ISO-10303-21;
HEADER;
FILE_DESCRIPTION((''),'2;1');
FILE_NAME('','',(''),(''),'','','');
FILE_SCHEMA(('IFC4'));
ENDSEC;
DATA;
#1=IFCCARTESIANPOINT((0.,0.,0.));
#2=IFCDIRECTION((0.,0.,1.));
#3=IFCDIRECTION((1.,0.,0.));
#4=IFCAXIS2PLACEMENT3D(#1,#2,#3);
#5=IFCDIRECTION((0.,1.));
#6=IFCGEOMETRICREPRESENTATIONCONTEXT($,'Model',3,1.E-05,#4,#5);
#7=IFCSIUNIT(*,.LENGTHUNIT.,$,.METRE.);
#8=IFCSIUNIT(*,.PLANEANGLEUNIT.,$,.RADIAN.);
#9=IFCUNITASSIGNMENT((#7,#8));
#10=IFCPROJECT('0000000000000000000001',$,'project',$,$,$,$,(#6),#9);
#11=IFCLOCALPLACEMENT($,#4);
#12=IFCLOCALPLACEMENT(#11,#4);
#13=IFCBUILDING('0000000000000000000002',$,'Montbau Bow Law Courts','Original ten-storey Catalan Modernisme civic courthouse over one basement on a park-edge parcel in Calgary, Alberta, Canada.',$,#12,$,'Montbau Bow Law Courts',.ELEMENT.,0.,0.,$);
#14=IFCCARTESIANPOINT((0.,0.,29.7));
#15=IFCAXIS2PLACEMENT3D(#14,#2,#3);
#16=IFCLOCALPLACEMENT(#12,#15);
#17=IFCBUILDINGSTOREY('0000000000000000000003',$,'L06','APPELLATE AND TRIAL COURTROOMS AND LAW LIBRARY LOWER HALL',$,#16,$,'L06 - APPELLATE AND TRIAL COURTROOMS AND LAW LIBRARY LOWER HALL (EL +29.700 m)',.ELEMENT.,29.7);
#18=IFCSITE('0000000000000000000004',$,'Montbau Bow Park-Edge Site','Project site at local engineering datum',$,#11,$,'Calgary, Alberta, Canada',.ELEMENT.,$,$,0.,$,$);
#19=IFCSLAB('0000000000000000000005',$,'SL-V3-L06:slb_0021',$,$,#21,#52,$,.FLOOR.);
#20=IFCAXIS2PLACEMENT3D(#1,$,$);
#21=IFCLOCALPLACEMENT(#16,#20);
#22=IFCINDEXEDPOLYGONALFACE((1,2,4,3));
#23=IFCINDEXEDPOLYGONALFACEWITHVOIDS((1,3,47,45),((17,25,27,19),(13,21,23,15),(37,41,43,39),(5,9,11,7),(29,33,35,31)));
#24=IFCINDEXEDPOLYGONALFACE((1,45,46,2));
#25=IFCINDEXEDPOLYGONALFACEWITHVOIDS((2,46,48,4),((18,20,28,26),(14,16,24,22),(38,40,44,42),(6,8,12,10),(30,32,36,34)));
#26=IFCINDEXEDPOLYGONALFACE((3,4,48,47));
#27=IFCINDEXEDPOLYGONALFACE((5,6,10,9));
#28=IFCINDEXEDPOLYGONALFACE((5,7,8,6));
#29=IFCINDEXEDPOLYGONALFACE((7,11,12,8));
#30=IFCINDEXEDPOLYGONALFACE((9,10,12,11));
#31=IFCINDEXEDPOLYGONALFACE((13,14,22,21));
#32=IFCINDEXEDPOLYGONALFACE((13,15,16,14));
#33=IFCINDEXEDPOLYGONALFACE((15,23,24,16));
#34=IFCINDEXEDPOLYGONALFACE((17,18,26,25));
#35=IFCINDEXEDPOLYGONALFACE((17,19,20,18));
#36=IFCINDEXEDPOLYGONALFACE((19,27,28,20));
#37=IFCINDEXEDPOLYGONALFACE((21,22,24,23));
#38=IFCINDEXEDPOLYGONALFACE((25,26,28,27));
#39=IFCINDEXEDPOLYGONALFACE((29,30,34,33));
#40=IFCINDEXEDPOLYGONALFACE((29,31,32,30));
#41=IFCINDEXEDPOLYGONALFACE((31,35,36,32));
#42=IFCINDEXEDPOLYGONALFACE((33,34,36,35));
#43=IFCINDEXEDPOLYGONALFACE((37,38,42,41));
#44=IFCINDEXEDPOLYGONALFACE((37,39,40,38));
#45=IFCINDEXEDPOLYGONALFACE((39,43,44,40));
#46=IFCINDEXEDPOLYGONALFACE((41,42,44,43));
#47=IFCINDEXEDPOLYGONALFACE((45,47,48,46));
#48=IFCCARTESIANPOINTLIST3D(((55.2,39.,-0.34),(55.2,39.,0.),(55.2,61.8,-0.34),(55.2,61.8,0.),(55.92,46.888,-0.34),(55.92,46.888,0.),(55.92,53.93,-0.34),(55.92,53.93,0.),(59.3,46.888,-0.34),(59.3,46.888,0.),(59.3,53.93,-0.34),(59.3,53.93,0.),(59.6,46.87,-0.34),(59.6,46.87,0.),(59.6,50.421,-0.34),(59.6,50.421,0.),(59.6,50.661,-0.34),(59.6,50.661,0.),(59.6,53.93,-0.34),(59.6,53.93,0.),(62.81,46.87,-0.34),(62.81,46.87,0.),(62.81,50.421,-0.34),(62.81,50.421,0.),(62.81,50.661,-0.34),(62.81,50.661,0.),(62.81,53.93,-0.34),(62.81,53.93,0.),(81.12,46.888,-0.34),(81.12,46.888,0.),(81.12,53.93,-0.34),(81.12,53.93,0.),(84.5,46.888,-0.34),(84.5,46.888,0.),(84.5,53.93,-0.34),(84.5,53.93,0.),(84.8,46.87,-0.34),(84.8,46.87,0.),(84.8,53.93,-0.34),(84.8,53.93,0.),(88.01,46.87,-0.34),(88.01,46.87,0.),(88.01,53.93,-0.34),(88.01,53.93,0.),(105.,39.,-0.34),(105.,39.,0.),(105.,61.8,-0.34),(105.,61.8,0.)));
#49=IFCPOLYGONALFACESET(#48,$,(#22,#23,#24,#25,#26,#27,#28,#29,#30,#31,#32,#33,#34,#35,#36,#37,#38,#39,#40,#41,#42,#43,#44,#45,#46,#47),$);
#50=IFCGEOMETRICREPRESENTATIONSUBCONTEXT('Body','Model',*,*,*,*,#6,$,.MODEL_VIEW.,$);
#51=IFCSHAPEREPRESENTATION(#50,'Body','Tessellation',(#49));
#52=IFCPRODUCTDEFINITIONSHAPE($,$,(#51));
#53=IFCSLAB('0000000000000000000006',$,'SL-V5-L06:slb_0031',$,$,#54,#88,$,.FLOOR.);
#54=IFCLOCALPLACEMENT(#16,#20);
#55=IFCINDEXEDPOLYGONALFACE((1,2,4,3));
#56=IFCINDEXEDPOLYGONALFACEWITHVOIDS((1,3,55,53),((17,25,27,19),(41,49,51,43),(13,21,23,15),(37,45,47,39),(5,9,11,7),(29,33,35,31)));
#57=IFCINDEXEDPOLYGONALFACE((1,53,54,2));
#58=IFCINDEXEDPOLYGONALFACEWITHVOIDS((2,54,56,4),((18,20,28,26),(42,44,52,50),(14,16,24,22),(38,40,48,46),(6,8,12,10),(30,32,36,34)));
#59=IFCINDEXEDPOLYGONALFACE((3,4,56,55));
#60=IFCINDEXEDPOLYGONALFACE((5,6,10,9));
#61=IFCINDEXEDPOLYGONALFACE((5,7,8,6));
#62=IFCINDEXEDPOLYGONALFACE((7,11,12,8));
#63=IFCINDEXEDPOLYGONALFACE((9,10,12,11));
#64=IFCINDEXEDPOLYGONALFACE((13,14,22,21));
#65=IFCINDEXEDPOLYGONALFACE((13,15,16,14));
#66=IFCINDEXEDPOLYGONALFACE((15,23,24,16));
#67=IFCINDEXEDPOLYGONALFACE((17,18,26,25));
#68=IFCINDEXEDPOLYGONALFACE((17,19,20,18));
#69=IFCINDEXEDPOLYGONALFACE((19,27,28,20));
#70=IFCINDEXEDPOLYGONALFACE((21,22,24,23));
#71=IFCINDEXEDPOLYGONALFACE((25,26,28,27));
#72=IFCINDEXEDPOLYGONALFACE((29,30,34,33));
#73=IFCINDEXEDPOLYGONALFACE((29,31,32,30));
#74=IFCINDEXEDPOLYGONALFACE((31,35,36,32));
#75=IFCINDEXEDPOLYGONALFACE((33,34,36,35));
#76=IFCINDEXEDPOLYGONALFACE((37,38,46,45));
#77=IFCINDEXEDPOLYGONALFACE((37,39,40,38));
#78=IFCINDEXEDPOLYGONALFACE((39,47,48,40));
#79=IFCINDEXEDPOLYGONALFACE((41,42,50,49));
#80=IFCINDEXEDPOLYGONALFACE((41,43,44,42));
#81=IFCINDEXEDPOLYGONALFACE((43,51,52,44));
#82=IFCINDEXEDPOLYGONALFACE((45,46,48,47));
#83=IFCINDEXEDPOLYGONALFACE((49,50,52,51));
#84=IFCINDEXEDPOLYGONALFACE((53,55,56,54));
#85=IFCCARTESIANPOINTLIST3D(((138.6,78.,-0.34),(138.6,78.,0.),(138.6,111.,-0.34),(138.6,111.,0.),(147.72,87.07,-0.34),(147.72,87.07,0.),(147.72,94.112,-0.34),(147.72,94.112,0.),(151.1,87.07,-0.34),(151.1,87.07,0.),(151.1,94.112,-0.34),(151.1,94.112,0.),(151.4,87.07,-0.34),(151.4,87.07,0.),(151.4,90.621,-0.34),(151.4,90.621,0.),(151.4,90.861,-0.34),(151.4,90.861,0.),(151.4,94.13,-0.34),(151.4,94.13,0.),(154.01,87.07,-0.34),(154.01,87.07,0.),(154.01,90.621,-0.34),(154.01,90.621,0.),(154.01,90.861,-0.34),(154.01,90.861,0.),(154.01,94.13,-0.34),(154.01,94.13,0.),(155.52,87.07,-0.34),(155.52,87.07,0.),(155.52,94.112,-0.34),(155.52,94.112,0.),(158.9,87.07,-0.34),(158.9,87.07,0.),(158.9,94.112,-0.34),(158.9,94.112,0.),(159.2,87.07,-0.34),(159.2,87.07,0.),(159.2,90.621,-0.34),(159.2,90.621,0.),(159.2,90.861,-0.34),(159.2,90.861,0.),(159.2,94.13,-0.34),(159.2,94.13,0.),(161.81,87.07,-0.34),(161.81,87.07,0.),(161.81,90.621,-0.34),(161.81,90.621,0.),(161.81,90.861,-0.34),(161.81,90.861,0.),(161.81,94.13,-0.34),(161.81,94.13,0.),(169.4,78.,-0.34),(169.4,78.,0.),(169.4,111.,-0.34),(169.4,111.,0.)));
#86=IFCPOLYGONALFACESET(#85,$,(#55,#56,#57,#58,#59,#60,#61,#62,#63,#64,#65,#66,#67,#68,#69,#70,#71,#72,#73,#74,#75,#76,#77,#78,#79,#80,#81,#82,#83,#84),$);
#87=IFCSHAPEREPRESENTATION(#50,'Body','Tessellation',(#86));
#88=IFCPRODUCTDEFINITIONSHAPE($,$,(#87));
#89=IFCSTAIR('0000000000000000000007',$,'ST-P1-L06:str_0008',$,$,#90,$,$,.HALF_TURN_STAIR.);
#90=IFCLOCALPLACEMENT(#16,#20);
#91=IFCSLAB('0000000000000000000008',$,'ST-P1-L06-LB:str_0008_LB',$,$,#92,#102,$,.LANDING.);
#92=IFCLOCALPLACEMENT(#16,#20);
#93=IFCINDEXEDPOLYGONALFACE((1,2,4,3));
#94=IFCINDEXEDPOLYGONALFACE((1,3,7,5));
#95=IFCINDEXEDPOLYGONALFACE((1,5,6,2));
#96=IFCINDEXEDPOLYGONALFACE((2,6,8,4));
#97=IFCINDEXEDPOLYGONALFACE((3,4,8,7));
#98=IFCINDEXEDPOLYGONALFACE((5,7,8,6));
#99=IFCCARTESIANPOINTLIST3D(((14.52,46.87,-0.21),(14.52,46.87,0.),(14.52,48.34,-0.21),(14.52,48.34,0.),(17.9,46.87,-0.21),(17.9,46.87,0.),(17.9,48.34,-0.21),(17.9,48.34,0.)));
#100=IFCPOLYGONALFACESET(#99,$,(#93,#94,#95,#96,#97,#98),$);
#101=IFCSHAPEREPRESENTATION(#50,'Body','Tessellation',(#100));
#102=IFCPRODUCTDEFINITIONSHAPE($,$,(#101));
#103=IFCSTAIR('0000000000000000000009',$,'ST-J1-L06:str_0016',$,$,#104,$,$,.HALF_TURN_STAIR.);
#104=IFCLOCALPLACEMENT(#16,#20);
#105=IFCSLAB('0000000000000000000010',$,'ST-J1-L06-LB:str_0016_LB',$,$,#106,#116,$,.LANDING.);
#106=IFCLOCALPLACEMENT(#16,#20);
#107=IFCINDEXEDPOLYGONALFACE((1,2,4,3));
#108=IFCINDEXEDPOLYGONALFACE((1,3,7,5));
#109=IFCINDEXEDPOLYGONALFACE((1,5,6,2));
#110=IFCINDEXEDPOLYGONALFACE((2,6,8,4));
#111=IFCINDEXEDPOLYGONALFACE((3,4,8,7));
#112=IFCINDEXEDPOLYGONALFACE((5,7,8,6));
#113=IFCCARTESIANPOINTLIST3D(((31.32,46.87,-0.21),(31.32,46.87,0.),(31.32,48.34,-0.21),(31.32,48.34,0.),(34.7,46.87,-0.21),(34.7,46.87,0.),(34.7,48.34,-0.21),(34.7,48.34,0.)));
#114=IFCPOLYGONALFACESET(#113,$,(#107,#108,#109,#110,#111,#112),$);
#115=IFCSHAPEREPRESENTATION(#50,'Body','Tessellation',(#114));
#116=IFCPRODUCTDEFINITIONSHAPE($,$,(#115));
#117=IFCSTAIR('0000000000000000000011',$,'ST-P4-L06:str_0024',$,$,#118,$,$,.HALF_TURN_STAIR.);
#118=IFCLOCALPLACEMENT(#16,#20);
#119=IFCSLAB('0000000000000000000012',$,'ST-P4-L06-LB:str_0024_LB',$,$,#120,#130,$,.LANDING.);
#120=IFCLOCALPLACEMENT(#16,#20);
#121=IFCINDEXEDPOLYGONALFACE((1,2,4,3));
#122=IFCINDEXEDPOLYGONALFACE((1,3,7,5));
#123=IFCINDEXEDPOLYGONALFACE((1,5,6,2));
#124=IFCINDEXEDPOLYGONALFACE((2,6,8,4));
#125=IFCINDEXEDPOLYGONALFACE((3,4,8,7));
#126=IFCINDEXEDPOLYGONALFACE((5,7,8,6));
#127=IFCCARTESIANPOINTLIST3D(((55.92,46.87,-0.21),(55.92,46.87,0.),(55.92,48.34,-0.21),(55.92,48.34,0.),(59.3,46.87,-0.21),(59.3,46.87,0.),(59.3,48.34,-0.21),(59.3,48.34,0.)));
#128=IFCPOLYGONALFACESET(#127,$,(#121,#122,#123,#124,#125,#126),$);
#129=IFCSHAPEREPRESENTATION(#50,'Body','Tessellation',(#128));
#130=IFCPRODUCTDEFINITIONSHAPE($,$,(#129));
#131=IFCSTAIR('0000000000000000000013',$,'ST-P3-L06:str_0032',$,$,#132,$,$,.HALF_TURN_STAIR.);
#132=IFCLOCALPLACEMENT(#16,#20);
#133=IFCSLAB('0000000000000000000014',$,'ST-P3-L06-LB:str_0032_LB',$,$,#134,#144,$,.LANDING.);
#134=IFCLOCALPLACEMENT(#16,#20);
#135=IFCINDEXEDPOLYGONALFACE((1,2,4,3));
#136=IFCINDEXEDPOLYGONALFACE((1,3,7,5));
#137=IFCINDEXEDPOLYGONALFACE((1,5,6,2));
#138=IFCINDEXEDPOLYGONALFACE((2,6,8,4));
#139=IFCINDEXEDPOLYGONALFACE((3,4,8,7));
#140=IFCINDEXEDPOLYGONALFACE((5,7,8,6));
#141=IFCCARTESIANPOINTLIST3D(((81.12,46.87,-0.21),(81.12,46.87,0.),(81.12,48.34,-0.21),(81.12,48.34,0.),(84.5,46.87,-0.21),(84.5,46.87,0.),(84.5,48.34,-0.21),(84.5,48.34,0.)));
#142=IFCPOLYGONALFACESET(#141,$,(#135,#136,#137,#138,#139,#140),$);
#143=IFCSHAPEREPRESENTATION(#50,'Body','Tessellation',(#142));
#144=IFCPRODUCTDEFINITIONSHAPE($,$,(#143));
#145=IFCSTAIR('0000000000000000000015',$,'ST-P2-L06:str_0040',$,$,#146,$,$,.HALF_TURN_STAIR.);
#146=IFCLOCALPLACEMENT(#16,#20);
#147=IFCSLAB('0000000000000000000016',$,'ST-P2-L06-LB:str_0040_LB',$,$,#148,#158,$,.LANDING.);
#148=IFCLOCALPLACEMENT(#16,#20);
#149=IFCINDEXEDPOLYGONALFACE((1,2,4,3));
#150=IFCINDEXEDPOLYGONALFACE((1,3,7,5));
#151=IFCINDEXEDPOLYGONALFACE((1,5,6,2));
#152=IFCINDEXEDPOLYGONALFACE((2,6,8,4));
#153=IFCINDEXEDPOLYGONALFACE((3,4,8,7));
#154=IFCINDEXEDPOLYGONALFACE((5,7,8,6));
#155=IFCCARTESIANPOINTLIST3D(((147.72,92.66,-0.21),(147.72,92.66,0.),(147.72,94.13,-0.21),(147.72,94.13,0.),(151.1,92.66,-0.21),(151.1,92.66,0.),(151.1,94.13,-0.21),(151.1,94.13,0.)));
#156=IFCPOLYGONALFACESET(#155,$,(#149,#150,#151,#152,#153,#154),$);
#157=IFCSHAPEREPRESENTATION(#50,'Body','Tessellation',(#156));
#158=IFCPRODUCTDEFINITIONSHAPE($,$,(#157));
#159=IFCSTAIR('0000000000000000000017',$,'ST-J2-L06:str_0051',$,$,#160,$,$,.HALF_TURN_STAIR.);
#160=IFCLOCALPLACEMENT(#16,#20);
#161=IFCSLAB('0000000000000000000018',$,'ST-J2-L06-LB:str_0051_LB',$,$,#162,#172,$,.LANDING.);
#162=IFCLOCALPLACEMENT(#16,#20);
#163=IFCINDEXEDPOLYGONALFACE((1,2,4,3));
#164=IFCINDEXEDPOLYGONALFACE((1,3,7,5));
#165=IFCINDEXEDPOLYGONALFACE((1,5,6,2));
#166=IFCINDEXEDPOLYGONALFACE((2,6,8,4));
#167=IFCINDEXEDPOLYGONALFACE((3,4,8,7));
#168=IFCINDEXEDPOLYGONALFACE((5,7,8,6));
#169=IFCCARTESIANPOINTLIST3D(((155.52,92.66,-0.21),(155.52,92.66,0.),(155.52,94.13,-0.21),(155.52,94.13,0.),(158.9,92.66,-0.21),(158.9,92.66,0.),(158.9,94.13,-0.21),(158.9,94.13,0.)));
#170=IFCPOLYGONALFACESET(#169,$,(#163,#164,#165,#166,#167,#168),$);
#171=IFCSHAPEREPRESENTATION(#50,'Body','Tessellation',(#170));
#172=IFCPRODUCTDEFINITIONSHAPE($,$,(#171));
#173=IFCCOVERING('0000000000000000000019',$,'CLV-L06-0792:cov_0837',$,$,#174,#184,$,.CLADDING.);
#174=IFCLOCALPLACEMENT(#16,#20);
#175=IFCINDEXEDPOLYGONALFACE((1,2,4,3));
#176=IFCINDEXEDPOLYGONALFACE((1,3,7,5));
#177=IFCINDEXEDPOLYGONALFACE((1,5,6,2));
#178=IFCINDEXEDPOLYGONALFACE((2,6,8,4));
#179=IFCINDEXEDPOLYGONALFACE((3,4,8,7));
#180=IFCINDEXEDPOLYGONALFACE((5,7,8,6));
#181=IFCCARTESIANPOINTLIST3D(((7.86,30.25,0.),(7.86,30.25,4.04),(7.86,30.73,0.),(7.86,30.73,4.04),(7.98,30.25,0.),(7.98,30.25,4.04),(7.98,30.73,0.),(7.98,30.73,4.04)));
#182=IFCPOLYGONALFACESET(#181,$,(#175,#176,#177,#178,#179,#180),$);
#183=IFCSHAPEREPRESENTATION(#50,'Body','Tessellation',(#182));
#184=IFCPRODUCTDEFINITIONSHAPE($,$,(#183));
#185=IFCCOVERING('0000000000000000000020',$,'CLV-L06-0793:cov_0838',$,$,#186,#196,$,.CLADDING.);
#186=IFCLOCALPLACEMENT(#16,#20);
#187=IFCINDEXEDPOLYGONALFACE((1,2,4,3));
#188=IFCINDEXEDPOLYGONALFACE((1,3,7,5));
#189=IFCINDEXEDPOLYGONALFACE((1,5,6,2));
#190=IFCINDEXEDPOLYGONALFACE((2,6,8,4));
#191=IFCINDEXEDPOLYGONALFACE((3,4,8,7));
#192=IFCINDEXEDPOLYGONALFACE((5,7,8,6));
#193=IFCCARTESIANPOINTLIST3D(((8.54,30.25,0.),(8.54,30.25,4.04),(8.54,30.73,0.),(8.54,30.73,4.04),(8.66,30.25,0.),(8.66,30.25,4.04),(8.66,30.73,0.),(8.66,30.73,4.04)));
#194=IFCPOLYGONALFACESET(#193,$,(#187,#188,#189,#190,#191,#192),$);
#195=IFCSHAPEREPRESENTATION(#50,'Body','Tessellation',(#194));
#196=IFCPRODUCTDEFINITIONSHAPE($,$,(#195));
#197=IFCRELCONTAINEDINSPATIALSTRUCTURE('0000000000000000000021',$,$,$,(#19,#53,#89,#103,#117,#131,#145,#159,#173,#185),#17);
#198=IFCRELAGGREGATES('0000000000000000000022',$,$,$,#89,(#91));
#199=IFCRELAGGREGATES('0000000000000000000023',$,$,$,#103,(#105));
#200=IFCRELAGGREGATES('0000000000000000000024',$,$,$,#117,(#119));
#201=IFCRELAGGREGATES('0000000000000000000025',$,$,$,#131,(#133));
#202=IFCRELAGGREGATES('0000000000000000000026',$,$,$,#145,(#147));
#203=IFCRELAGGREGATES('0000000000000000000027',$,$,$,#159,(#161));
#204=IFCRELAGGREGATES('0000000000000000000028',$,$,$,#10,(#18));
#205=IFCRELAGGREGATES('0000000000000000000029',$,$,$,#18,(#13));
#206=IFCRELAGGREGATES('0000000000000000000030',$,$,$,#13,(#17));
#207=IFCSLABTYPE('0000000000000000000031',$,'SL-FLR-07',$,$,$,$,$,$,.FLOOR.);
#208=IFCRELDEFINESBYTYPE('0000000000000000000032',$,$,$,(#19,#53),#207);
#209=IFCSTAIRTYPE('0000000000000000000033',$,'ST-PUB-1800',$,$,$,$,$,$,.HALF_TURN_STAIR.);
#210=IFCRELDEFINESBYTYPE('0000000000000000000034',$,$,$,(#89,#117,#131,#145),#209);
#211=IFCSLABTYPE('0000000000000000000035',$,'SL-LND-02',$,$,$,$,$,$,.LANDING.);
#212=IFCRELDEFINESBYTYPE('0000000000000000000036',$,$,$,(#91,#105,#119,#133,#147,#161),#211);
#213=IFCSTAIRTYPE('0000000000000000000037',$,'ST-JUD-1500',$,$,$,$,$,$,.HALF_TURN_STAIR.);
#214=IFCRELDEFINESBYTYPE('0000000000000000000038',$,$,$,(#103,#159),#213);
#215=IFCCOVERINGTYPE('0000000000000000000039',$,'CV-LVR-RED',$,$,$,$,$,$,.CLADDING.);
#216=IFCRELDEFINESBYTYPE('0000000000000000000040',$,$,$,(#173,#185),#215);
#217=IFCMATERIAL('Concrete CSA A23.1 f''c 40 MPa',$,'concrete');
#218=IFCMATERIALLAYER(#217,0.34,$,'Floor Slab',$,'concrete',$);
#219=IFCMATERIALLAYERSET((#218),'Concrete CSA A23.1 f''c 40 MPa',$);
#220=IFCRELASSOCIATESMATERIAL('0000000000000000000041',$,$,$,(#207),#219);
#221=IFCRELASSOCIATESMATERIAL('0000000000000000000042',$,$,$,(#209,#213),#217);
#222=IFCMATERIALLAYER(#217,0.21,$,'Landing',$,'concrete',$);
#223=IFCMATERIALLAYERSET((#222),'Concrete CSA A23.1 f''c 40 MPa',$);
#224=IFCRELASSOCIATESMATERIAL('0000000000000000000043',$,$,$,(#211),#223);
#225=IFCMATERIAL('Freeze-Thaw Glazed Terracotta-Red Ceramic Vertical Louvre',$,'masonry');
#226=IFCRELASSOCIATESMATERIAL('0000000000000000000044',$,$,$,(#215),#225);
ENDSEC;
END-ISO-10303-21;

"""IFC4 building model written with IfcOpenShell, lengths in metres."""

from ifc_helpers import new_model, si_unit, direction, frame, frame_2d, origin_with_axes, place, context, subcontext, project, spatial, polyline, rectangle, outline, extrude, material, layer, layer_set, type_object, element, aggregate, save


model = new_model("IFC4")

# Units and contexts
model_context = context("Model", 3, precision=1e-05, world=origin_with_axes(), true_north=direction((0.0, 1.0)))
body_context = subcontext(model_context, "Body", "Model", "MODEL_VIEW")
ifc_project = project(units=[si_unit("LENGTHUNIT", "METRE"), si_unit("PLANEANGLEUNIT", "RADIAN")], contexts=[model_context])

# Site, building, storey
site_placement = place(None, origin_with_axes())
site = spatial("IfcSite", under=ifc_project, at=site_placement, Name="Montbau Bow Park-Edge Site", Description="Project site at local engineering datum", LongName="Calgary, Alberta, Canada", CompositionType="ELEMENT", RefElevation=0.0)
building_placement = place(site_placement, origin_with_axes())
building = spatial("IfcBuilding", under=site, at=building_placement, Name="Montbau Bow Law Courts", Description="Original ten-storey Catalan Modernisme civic courthouse over one basement on a park-edge parcel in Calgary, Alberta, Canada.", LongName="Montbau Bow Law Courts", CompositionType="ELEMENT", ElevationOfRefHeight=0.0, ElevationOfTerrain=0.0)
storey_placement = place(building_placement, frame((0.0, 0.0, 29.7), z_axis=(0.0, 0.0, 1.0), x_axis=(1.0, 0.0, 0.0)))
storey = spatial("IfcBuildingStorey", under=building, at=storey_placement, Name="L06", Description="APPELLATE AND TRIAL COURTROOMS AND LAW LIBRARY LOWER HALL", LongName="L06 - APPELLATE AND TRIAL COURTROOMS AND LAW LIBRARY LOWER HALL (EL +29.700 m)", CompositionType="ELEMENT", Elevation=29.7)

# Shared definitions
ifc_material_1 = material(Name="Concrete CSA A23.1 f'c 40 MPa", Category="concrete")

# Slabs
ifc_layer_1 = layer(ifc_material_1, 0.34, Name="Floor Slab", Category="concrete")
ifc_layer_set_1 = layer_set([ifc_layer_1], Name="Concrete CSA A23.1 f'c 40 MPa")
slab_type_1 = type_object("IfcSlabType", Name="SL-FLR-07", PredefinedType="FLOOR", material=ifc_layer_set_1)
slab_1_placement = place(None, frame((0.0, 0.0, 29.36), z_axis=(0.0, 0.0, 1.0), x_axis=(1.0, 0.0, 0.0)))
element("IfcSlab", 1, at=slab_1_placement, inside=storey, type_object=slab_type_1, Name="SL-V3-L06:slb_0021", PredefinedType="FLOOR", context=body_context, shape_type="SweptSolid", body=[
    extrude(outline(polyline([(55.2, 39.0), (105.0, 39.0), (105.0, 61.8), (55.2, 61.8), (55.2, 39.0)]), holes=[polyline([(55.92, 46.888), (59.3, 46.888), (59.3, 53.93), (55.92, 53.93), (55.92, 46.888)]), polyline([(59.6, 46.87), (62.81, 46.87), (62.81, 50.421), (59.6, 50.421), (59.6, 46.87)]), polyline([(59.6, 50.661), (62.81, 50.661), (62.81, 53.93), (59.6, 53.93), (59.6, 50.661)]), polyline([(81.12, 46.888), (84.5, 46.888), (84.5, 53.93), (81.12, 53.93), (81.12, 46.888)]), polyline([(84.8, 46.87), (88.01, 46.87), (88.01, 53.93), (84.8, 53.93), (84.8, 46.87)])]), origin_with_axes(), (0.0, 0.0, 1.0), 0.34),
])
slab_2_placement = place(None, frame((0.0, 0.0, 29.36), z_axis=(0.0, 0.0, 1.0), x_axis=(1.0, 0.0, 0.0)))
element("IfcSlab", 2, at=slab_2_placement, inside=storey, type_object=slab_type_1, Name="SL-V5-L06:slb_0031", PredefinedType="FLOOR", context=body_context, shape_type="SweptSolid", body=[
    extrude(outline(polyline([(138.6, 78.0), (169.4, 78.0), (169.4, 111.0), (138.6, 111.0), (138.6, 78.0)]), holes=[polyline([(147.72, 87.07), (151.1, 87.07), (151.1, 94.112), (147.72, 94.112), (147.72, 87.07)]), polyline([(151.4, 87.07), (154.01, 87.07), (154.01, 90.621), (151.4, 90.621), (151.4, 87.07)]), polyline([(151.4, 90.861), (154.01, 90.861), (154.01, 94.13), (151.4, 94.13), (151.4, 90.861)]), polyline([(155.52, 87.07), (158.9, 87.07), (158.9, 94.112), (155.52, 94.112), (155.52, 87.07)]), polyline([(159.2, 87.07), (161.81, 87.07), (161.81, 90.621), (159.2, 90.621), (159.2, 87.07)]), polyline([(159.2, 90.861), (161.81, 90.861), (161.81, 94.13), (159.2, 94.13), (159.2, 90.861)])]), origin_with_axes(), (0.0, 0.0, 1.0), 0.34),
])

# Stairs, slabs
stair_type_1 = type_object("IfcStairType", Name="ST-PUB-1800", PredefinedType="HALF_TURN_STAIR", material=ifc_material_1)
stair_1_placement = place(None, frame((15.305, 48.3, 29.7), z_axis=(0.0, 0.0, 1.0), x_axis=(1.0, 0.0, 0.0)))
stair_1 = element("IfcStair", 3, at=stair_1_placement, inside=storey, type_object=stair_type_1, Name="ST-P1-L06:str_0008", PredefinedType="HALF_TURN_STAIR")
ifc_layer_2 = layer(ifc_material_1, 0.21, Name="Landing", Category="concrete")
ifc_layer_set_2 = layer_set([ifc_layer_2], Name="Concrete CSA A23.1 f'c 40 MPa")
slab_type_2 = type_object("IfcSlabType", Name="SL-LND-02", PredefinedType="LANDING", material=ifc_layer_set_2)
slab_3_placement = place(None, frame((0.0, 0.0, 29.49), z_axis=(0.0, 0.0, 1.0), x_axis=(1.0, 0.0, 0.0)))
slab_3 = element("IfcSlab", 4, at=slab_3_placement, type_object=slab_type_2, Name="ST-P1-L06-LB:str_0008_LB", PredefinedType="LANDING", context=body_context, shape_type="SweptSolid", body=[
    extrude(outline(polyline([(14.52, 46.87), (17.9, 46.87), (17.9, 48.34), (14.52, 48.34), (14.52, 46.87)])), origin_with_axes(), (0.0, 0.0, 1.0), 0.21),
])
aggregate(stair_1, [slab_3])
stair_type_2 = type_object("IfcStairType", Name="ST-JUD-1500", PredefinedType="HALF_TURN_STAIR", material=ifc_material_1)
stair_2_placement = place(None, frame((32.065, 48.3, 29.7), z_axis=(0.0, 0.0, 1.0), x_axis=(1.0, 0.0, 0.0)))
stair_2 = element("IfcStair", 5, at=stair_2_placement, inside=storey, type_object=stair_type_2, Name="ST-J1-L06:str_0016", PredefinedType="HALF_TURN_STAIR")
slab_4_placement = place(None, frame((0.0, 0.0, 29.49), z_axis=(0.0, 0.0, 1.0), x_axis=(1.0, 0.0, 0.0)))
slab_4 = element("IfcSlab", 6, at=slab_4_placement, type_object=slab_type_2, Name="ST-J1-L06-LB:str_0016_LB", PredefinedType="LANDING", context=body_context, shape_type="SweptSolid", body=[
    extrude(outline(polyline([(31.32, 46.87), (34.7, 46.87), (34.7, 48.34), (31.32, 48.34), (31.32, 46.87)])), origin_with_axes(), (0.0, 0.0, 1.0), 0.21),
])
aggregate(stair_2, [slab_4])
stair_3_placement = place(None, frame((56.705, 48.3, 29.7), z_axis=(0.0, 0.0, 1.0), x_axis=(1.0, 0.0, 0.0)))
stair_3 = element("IfcStair", 7, at=stair_3_placement, inside=storey, type_object=stair_type_1, Name="ST-P4-L06:str_0024", PredefinedType="HALF_TURN_STAIR")
slab_5_placement = place(None, frame((0.0, 0.0, 29.49), z_axis=(0.0, 0.0, 1.0), x_axis=(1.0, 0.0, 0.0)))
slab_5 = element("IfcSlab", 8, at=slab_5_placement, type_object=slab_type_2, Name="ST-P4-L06-LB:str_0024_LB", PredefinedType="LANDING", context=body_context, shape_type="SweptSolid", body=[
    extrude(outline(polyline([(55.92, 46.87), (59.3, 46.87), (59.3, 48.34), (55.92, 48.34), (55.92, 46.87)])), origin_with_axes(), (0.0, 0.0, 1.0), 0.21),
])
aggregate(stair_3, [slab_5])
stair_4_placement = place(None, frame((81.905, 48.3, 29.7), z_axis=(0.0, 0.0, 1.0), x_axis=(1.0, 0.0, 0.0)))
stair_4 = element("IfcStair", 9, at=stair_4_placement, inside=storey, type_object=stair_type_1, Name="ST-P3-L06:str_0032", PredefinedType="HALF_TURN_STAIR")
slab_6_placement = place(None, frame((0.0, 0.0, 29.49), z_axis=(0.0, 0.0, 1.0), x_axis=(1.0, 0.0, 0.0)))
slab_6 = element("IfcSlab", 10, at=slab_6_placement, type_object=slab_type_2, Name="ST-P3-L06-LB:str_0032_LB", PredefinedType="LANDING", context=body_context, shape_type="SweptSolid", body=[
    extrude(outline(polyline([(81.12, 46.87), (84.5, 46.87), (84.5, 48.34), (81.12, 48.34), (81.12, 46.87)])), origin_with_axes(), (0.0, 0.0, 1.0), 0.21),
])
aggregate(stair_4, [slab_6])
stair_5_placement = place(None, frame((148.505, 92.7, 29.7), z_axis=(0.0, 0.0, 1.0), x_axis=(1.0, 0.0, 0.0)))
stair_5 = element("IfcStair", 11, at=stair_5_placement, inside=storey, type_object=stair_type_1, Name="ST-P2-L06:str_0040", PredefinedType="HALF_TURN_STAIR")
slab_7_placement = place(None, frame((0.0, 0.0, 29.49), z_axis=(0.0, 0.0, 1.0), x_axis=(1.0, 0.0, 0.0)))
slab_7 = element("IfcSlab", 12, at=slab_7_placement, type_object=slab_type_2, Name="ST-P2-L06-LB:str_0040_LB", PredefinedType="LANDING", context=body_context, shape_type="SweptSolid", body=[
    extrude(outline(polyline([(147.72, 92.66), (151.1, 92.66), (151.1, 94.13), (147.72, 94.13), (147.72, 92.66)])), origin_with_axes(), (0.0, 0.0, 1.0), 0.21),
])
aggregate(stair_5, [slab_7])
stair_6_placement = place(None, frame((156.265, 92.7, 29.7), z_axis=(0.0, 0.0, 1.0), x_axis=(1.0, 0.0, 0.0)))
stair_6 = element("IfcStair", 13, at=stair_6_placement, inside=storey, type_object=stair_type_2, Name="ST-J2-L06:str_0051", PredefinedType="HALF_TURN_STAIR")
slab_8_placement = place(None, frame((0.0, 0.0, 29.49), z_axis=(0.0, 0.0, 1.0), x_axis=(1.0, 0.0, 0.0)))
slab_8 = element("IfcSlab", 14, at=slab_8_placement, type_object=slab_type_2, Name="ST-J2-L06-LB:str_0051_LB", PredefinedType="LANDING", context=body_context, shape_type="SweptSolid", body=[
    extrude(outline(polyline([(155.52, 92.66), (158.9, 92.66), (158.9, 94.13), (155.52, 94.13), (155.52, 92.66)])), origin_with_axes(), (0.0, 0.0, 1.0), 0.21),
])
aggregate(stair_6, [slab_8])

# Coverings
ifc_material_2 = material(Name="Freeze-Thaw Glazed Terracotta-Red Ceramic Vertical Louvre", Category="masonry")
covering_type = type_object("IfcCoveringType", Name="CV-LVR-RED", PredefinedType="CLADDING", material=ifc_material_2)
for number, where, z_axis, x_axis, name in (
    (15, (7.92, 30.73, 29.7), (-1.0, 0.0, 0.0), (0.0, -1.0, 0.0), "CLV-L06-0792:cov_0837"),
    (16, (8.6, 30.73, 29.7), (-1.0, 0.0, 0.0), (0.0, -1.0, 0.0), "CLV-L06-0793:cov_0838"),
):
    element("IfcCovering", number, at=place(None, frame(where, z_axis=z_axis, x_axis=x_axis)), inside=storey, type_object=covering_type, Name=name, PredefinedType="CLADDING", context=body_context, shape_type="SweptSolid", body=[
        extrude(rectangle(XDim=0.48, YDim=4.04, at=frame_2d((0.24, 2.02), x_axis=(1.0, 0.0))), frame((0.0, 0.0, -0.06), z_axis=(0.0, 0.0, 1.0), x_axis=(1.0, 0.0, 0.0)), (0.0, 0.0, 1.0), 0.12),
    ])

save(model, "model.ifc")
